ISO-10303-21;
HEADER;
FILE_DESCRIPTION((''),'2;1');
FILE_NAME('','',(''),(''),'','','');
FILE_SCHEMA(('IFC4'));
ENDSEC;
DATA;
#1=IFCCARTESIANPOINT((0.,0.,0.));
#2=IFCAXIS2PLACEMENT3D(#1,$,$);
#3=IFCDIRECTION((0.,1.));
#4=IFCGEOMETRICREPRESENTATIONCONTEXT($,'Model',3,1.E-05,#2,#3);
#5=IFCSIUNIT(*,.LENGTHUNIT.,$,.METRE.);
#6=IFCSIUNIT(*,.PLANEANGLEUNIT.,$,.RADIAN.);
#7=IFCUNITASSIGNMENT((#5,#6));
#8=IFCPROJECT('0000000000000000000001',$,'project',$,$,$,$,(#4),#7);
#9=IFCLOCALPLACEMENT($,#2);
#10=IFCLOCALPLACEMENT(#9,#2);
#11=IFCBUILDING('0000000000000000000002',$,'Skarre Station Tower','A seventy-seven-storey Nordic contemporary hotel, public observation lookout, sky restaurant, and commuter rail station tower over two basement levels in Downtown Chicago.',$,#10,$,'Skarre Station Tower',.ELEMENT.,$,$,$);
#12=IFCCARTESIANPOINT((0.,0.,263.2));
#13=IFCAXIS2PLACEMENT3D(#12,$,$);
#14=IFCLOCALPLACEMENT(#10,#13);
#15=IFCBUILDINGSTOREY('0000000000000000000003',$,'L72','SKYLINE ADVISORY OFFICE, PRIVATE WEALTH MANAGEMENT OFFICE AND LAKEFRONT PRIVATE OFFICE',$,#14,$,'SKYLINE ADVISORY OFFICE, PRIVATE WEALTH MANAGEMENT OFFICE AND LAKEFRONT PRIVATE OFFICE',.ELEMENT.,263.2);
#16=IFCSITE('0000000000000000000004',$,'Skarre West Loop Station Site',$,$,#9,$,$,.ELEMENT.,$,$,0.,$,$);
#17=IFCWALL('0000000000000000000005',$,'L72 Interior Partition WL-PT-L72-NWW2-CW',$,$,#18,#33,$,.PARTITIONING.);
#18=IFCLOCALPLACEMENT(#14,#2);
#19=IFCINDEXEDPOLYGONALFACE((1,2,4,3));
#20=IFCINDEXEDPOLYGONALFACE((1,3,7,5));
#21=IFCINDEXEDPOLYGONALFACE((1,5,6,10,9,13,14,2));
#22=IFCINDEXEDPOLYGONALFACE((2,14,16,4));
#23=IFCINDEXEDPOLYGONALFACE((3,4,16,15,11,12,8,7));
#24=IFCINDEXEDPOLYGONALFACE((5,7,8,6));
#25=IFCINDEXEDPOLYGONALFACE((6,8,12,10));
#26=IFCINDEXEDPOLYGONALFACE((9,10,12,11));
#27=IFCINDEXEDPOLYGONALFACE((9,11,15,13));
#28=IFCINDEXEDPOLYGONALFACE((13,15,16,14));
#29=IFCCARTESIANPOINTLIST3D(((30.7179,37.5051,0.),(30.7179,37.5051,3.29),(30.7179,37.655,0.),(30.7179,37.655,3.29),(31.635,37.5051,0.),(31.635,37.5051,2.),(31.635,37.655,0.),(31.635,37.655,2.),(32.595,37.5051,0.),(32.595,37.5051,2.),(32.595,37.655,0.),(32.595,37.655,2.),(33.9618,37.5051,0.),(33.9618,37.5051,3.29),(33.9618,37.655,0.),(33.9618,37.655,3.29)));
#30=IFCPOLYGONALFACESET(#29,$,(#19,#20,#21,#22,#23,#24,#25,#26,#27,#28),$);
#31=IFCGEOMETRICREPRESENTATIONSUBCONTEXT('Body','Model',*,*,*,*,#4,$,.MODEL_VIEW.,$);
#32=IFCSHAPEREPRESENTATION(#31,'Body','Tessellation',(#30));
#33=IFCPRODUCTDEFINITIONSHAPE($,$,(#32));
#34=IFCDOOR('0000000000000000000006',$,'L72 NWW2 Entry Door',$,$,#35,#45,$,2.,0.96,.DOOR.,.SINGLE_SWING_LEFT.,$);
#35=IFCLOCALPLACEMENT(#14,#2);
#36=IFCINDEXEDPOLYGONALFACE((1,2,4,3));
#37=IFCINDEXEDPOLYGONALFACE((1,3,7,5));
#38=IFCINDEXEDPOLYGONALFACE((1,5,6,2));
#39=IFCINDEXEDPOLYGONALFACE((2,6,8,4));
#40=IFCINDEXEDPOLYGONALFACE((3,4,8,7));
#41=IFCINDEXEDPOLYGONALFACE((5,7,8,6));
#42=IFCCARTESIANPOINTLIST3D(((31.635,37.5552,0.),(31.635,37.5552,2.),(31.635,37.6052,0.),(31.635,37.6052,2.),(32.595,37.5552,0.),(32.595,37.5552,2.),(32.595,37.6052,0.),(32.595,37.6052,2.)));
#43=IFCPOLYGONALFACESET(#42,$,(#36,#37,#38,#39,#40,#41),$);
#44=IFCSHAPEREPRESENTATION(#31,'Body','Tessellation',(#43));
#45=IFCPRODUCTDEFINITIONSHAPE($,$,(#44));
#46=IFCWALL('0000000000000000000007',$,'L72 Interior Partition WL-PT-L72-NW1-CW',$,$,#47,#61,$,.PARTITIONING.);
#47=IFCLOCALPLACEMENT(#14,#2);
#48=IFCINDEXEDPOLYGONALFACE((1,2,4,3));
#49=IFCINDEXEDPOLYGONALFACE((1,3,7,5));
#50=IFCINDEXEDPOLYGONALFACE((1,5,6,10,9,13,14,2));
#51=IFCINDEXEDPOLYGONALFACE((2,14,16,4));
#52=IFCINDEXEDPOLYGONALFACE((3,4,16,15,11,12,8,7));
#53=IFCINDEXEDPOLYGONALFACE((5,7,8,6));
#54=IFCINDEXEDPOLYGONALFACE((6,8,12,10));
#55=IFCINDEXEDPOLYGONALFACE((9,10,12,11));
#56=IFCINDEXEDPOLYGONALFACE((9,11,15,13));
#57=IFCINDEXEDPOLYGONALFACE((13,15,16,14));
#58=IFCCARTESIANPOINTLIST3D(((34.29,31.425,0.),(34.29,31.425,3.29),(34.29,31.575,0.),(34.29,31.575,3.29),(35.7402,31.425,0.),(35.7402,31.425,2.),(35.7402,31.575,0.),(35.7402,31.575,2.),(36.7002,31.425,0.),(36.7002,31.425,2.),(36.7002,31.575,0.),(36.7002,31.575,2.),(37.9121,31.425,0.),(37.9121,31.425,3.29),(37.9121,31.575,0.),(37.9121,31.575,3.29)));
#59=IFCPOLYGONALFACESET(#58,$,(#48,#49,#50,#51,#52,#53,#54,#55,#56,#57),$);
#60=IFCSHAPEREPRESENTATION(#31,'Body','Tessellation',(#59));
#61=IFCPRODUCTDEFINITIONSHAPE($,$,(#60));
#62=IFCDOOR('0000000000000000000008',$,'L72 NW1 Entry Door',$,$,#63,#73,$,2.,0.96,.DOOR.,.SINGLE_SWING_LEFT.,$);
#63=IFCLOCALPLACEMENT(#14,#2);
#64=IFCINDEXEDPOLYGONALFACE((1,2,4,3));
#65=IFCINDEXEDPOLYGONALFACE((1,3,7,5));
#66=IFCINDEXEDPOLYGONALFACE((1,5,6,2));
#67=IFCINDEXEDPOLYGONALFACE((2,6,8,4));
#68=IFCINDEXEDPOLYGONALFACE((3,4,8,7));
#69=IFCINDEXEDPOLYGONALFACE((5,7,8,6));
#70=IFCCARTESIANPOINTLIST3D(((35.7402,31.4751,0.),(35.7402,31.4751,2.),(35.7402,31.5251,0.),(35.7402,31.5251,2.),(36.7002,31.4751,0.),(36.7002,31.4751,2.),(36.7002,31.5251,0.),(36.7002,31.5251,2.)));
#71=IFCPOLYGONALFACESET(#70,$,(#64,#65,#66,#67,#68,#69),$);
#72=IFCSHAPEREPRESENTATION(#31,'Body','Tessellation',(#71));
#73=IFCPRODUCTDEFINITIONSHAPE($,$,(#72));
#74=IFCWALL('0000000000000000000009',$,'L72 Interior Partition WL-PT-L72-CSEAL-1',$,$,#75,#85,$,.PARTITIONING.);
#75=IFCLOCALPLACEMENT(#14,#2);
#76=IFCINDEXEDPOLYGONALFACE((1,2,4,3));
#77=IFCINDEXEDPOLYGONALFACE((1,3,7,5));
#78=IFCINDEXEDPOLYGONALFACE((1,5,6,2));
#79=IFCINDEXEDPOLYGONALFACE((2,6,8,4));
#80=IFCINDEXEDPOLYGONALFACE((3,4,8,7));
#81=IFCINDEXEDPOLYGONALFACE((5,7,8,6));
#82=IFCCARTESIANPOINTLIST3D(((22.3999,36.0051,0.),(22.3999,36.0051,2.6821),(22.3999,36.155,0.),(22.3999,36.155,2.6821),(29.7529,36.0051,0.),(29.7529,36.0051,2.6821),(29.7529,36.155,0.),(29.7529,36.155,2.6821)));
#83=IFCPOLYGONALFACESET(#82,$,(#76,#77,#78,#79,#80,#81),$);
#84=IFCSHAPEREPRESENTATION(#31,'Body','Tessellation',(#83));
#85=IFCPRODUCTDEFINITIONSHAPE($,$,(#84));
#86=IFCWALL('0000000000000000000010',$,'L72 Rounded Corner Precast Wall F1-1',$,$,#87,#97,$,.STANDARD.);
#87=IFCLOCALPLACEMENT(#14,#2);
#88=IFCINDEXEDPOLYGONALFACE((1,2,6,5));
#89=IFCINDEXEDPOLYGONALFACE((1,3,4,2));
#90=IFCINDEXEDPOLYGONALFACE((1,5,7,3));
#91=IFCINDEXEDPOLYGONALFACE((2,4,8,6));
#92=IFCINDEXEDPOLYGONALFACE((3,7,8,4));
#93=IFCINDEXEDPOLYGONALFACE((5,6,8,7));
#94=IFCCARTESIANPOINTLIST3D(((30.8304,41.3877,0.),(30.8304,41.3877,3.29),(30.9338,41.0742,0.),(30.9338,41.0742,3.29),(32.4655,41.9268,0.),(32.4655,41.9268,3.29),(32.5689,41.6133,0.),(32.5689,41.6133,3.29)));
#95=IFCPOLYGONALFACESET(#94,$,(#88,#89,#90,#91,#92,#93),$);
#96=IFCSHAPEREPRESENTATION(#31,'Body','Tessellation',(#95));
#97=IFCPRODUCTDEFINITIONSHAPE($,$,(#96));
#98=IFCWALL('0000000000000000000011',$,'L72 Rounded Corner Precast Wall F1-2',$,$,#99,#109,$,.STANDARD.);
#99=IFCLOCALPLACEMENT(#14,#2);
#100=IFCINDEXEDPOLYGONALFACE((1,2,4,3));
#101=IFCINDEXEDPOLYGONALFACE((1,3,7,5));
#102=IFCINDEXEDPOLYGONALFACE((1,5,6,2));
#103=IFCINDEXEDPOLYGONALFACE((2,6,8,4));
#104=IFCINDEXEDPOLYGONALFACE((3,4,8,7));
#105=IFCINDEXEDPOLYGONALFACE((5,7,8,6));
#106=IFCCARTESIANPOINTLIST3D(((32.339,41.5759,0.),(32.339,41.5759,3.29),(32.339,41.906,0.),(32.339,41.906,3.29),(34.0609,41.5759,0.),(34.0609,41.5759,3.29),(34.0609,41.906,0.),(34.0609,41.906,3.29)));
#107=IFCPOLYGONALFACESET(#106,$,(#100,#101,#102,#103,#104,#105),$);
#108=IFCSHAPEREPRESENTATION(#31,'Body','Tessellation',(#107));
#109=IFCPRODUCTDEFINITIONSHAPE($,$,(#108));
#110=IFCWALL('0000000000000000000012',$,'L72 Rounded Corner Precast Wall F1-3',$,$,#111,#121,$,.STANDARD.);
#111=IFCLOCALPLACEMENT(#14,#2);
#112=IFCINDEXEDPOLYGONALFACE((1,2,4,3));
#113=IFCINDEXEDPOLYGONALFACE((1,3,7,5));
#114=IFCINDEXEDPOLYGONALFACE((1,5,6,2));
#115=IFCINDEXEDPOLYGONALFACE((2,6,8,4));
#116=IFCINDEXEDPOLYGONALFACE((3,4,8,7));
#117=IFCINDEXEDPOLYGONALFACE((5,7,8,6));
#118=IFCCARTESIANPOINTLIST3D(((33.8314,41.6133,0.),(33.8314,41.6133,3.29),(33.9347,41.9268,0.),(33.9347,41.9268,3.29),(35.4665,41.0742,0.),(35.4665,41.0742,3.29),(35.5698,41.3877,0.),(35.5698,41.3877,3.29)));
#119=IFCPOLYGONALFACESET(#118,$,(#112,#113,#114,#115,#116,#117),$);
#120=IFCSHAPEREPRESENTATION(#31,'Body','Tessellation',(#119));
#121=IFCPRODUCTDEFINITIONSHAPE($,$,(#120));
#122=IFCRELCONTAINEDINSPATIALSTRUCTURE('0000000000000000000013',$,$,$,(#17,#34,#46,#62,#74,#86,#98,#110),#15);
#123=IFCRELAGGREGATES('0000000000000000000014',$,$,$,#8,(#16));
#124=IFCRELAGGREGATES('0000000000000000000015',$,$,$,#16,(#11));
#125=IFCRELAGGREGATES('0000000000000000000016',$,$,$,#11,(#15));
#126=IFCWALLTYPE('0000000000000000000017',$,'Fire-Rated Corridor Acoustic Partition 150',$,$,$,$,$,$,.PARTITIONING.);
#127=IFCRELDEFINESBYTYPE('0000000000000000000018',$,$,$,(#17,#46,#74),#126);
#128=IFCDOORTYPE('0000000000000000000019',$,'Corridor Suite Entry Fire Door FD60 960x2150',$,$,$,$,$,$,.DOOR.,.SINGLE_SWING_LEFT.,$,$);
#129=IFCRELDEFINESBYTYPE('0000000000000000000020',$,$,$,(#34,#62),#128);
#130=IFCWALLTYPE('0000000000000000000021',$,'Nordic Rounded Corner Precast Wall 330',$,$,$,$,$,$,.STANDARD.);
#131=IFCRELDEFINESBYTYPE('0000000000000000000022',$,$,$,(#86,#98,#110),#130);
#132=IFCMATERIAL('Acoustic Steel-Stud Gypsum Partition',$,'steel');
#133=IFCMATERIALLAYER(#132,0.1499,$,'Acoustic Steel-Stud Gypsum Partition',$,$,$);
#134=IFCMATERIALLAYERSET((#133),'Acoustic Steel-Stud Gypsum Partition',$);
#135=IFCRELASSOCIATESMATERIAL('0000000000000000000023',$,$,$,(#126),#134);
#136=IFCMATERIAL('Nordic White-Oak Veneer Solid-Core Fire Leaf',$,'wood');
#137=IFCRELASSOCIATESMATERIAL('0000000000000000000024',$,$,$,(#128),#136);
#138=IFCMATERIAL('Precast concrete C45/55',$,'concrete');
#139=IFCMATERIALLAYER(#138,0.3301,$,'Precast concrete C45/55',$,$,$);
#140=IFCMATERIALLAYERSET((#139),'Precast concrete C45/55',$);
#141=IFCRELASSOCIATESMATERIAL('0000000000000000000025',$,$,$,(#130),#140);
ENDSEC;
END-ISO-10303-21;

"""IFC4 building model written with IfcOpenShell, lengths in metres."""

from ifc_helpers import new_model, si_unit, direction, frame, frame_2d, origin, place, context, subcontext, project, spatial, rectangle, extrude, material, layer, layer_set, type_object, element, fill, save


model = new_model("IFC4")

# Units and contexts
model_context = context("Model", 3, precision=1e-05, world=origin(), true_north=direction((0.0, 1.0)))
body_context = subcontext(model_context, "Body", "Model", "MODEL_VIEW")
ifc_project = project(units=[si_unit("LENGTHUNIT", "METRE"), si_unit("PLANEANGLEUNIT", "RADIAN")], contexts=[model_context])

# Site, building, storey
site_placement = place(None, origin())
site = spatial("IfcSite", under=ifc_project, at=site_placement, Name="Skarre West Loop Station Site", CompositionType="ELEMENT", RefElevation=0.0)
building_placement = place(site_placement, origin())
building = spatial("IfcBuilding", under=site, at=building_placement, Name="Skarre Station Tower", Description="A seventy-seven-storey Nordic contemporary hotel, public observation lookout, sky restaurant, and commuter rail station tower over two basement levels in Downtown Chicago.", LongName="Skarre Station Tower", CompositionType="ELEMENT")
storey_placement = place(building_placement, frame((0.0, 0.0, 263.2)))
storey = spatial("IfcBuildingStorey", under=building, at=storey_placement, Name="L72", Description="SKYLINE ADVISORY OFFICE, PRIVATE WEALTH MANAGEMENT OFFICE AND LAKEFRONT PRIVATE OFFICE", LongName="SKYLINE ADVISORY OFFICE, PRIVATE WEALTH MANAGEMENT OFFICE AND LAKEFRONT PRIVATE OFFICE", CompositionType="ELEMENT", Elevation=263.2)

# Walls, openings, doors
ifc_material_1 = material(Name="Acoustic Steel-Stud Gypsum Partition", Category="steel")
ifc_layer_1 = layer(ifc_material_1, 0.1499, Name="Acoustic Steel-Stud Gypsum Partition")
ifc_layer_set_1 = layer_set([ifc_layer_1], Name="Acoustic Steel-Stud Gypsum Partition")
wall_type_1 = type_object("IfcWallType", Name="Fire-Rated Corridor Acoustic Partition 150", PredefinedType="PARTITIONING", material=ifc_layer_set_1)
ifc_material_2 = material(Name="Nordic White-Oak Veneer Solid-Core Fire Leaf", Category="wood")
door_type = type_object("IfcDoorType", Name="Corridor Suite Entry Fire Door FD60 960x2150", OperationType="SINGLE_SWING_LEFT", PredefinedType="DOOR", material=ifc_material_2)
wall_1_placement = place(storey_placement, frame((33.9619, 37.5801, 0.0), z_axis=(0.0, 0.0, 1.0), x_axis=(-1.0, 0.0, 0.0)))
wall_1 = element("IfcWall", 1, at=wall_1_placement, inside=storey, type_object=wall_type_1, Name="L72 Interior Partition WL-PT-L72-NWW2-CW", PredefinedType="PARTITIONING", context=body_context, shape_type="SweptSolid", body=[
    extrude(rectangle(XDim=3.2439, YDim=0.1499, at=frame_2d((1.6221, 0.0))), origin(), (0.0, 0.0, 1.0), 3.29),
])
opening_1_placement = place(wall_1_placement, frame((1.3669, 0.0, 0.0)))
opening_1 = element("IfcOpeningElement", 2, at=opening_1_placement, cuts=wall_1, PredefinedType="OPENING", context=body_context, shape_type="SweptSolid", body=[
    extrude(rectangle(XDim=0.96, YDim=2.0, at=frame_2d((0.48, 1.0))), frame((0.0, 0.085, 0.0), z_axis=(0.0, -1.0, 0.0), x_axis=(1.0, 0.0, 0.0)), (0.0, 0.0, 1.0), 0.1699),
])
door_1_placement = place(opening_1_placement, origin())
door_1 = element("IfcDoor", 3, at=door_1_placement, inside=storey, type_object=door_type, Name="L72 NWW2 Entry Door", OperationType="SINGLE_SWING_LEFT", OverallHeight=2.0, OverallWidth=0.96, PredefinedType="DOOR", context=body_context, shape_type="SweptSolid", body=[
    extrude(rectangle(XDim=0.96, YDim=2.0, at=frame_2d((0.48, 1.0))), frame((0.0, 0.0249, 0.0), z_axis=(0.0, -1.0, 0.0), x_axis=(1.0, 0.0, 0.0)), (0.0, 0.0, 1.0), 0.05),
])
fill(opening_1, door_1)
wall_2_placement = place(storey_placement, frame((37.9121, 31.5, 0.0), z_axis=(0.0, 0.0, 1.0), x_axis=(-1.0, 0.0, 0.0)))
wall_2 = element("IfcWall", 4, at=wall_2_placement, inside=storey, type_object=wall_type_1, Name="L72 Interior Partition WL-PT-L72-NW1-CW", PredefinedType="PARTITIONING", context=body_context, shape_type="SweptSolid", body=[
    extrude(rectangle(XDim=3.6221, YDim=0.1499, at=frame_2d((1.811, 0.0))), origin(), (0.0, 0.0, 1.0), 3.29),
])
opening_2_placement = place(wall_2_placement, frame((1.2119, 0.0, 0.0)))
opening_2 = element("IfcOpeningElement", 5, at=opening_2_placement, cuts=wall_2, PredefinedType="OPENING", context=body_context, shape_type="SweptSolid", body=[
    extrude(rectangle(XDim=0.96, YDim=2.0, at=frame_2d((0.48, 1.0))), frame((0.0, 0.085, 0.0), z_axis=(0.0, -1.0, 0.0), x_axis=(1.0, 0.0, 0.0)), (0.0, 0.0, 1.0), 0.1699),
])
door_2_placement = place(opening_2_placement, origin())
door_2 = element("IfcDoor", 6, at=door_2_placement, inside=storey, type_object=door_type, Name="L72 NW1 Entry Door", OperationType="SINGLE_SWING_LEFT", OverallHeight=2.0, OverallWidth=0.96, PredefinedType="DOOR", context=body_context, shape_type="SweptSolid", body=[
    extrude(rectangle(XDim=0.96, YDim=2.0, at=frame_2d((0.48, 1.0))), frame((0.0, 0.0249, 0.0), z_axis=(0.0, -1.0, 0.0), x_axis=(1.0, 0.0, 0.0)), (0.0, 0.0, 1.0), 0.05),
])
fill(opening_2, door_2)

# Walls
wall_3_placement = place(storey_placement, frame((29.7529, 36.0801, 0.0), z_axis=(0.0, 0.0, 1.0), x_axis=(-1.0, 0.0, 0.0)))
element("IfcWall", 7, at=wall_3_placement, inside=storey, type_object=wall_type_1, Name="L72 Interior Partition WL-PT-L72-CSEAL-1", PredefinedType="PARTITIONING", context=body_context, shape_type="SweptSolid", body=[
    extrude(rectangle(XDim=7.353, YDim=0.1499, at=frame_2d((3.6765, 0.0))), origin(), (0.0, 0.0, 1.0), 2.6821),
])
ifc_material_3 = material(Name="Precast concrete C45/55", Category="concrete")
ifc_layer_2 = layer(ifc_material_3, 0.3301, Name="Precast concrete C45/55")
ifc_layer_set_2 = layer_set([ifc_layer_2], Name="Precast concrete C45/55")
wall_type_2 = type_object("IfcWallType", Name="Nordic Rounded Corner Precast Wall 330", PredefinedType="STANDARD", material=ifc_layer_set_2)
wall_4_placement = place(storey_placement, frame((30.8821, 41.231, 0.0), z_axis=(0.0, 0.0, 1.0), x_axis=(0.949713, 0.31312, 0.0)))
element("IfcWall", 8, at=wall_4_placement, inside=storey, type_object=wall_type_2, Name="L72 Rounded Corner Precast Wall F1-1", PredefinedType="STANDARD", context=body_context, shape_type="SweptSolid", body=[
    extrude(rectangle(XDim=1.7217, YDim=0.3301, at=frame_2d((0.8608, 0.0))), origin(), (0.0, 0.0, 1.0), 3.29),
])
wall_5_placement = place(storey_placement, frame((32.3391, 41.741, 0.0), z_axis=(0.0, 0.0, 1.0), x_axis=(1.0, 0.0, 0.0)))
element("IfcWall", 9, at=wall_5_placement, inside=storey, type_object=wall_type_2, Name="L72 Rounded Corner Precast Wall F1-2", PredefinedType="STANDARD", context=body_context, shape_type="SweptSolid", body=[
    extrude(rectangle(XDim=1.7219, YDim=0.3301, at=frame_2d((0.8608, 0.0))), origin(), (0.0, 0.0, 1.0), 3.29),
])
wall_6_placement = place(storey_placement, frame((33.8831, 41.77, 0.0), z_axis=(0.0, 0.0, 1.0), x_axis=(0.949713, -0.31312, 0.0)))
element("IfcWall", 10, at=wall_6_placement, inside=storey, type_object=wall_type_2, Name="L72 Rounded Corner Precast Wall F1-3", PredefinedType="STANDARD", context=body_context, shape_type="SweptSolid", body=[
    extrude(rectangle(XDim=1.7217, YDim=0.3301, at=frame_2d((0.8608, 0.0))), origin(), (0.0, 0.0, 1.0), 3.29),
])

save(model, "model.ifc")
